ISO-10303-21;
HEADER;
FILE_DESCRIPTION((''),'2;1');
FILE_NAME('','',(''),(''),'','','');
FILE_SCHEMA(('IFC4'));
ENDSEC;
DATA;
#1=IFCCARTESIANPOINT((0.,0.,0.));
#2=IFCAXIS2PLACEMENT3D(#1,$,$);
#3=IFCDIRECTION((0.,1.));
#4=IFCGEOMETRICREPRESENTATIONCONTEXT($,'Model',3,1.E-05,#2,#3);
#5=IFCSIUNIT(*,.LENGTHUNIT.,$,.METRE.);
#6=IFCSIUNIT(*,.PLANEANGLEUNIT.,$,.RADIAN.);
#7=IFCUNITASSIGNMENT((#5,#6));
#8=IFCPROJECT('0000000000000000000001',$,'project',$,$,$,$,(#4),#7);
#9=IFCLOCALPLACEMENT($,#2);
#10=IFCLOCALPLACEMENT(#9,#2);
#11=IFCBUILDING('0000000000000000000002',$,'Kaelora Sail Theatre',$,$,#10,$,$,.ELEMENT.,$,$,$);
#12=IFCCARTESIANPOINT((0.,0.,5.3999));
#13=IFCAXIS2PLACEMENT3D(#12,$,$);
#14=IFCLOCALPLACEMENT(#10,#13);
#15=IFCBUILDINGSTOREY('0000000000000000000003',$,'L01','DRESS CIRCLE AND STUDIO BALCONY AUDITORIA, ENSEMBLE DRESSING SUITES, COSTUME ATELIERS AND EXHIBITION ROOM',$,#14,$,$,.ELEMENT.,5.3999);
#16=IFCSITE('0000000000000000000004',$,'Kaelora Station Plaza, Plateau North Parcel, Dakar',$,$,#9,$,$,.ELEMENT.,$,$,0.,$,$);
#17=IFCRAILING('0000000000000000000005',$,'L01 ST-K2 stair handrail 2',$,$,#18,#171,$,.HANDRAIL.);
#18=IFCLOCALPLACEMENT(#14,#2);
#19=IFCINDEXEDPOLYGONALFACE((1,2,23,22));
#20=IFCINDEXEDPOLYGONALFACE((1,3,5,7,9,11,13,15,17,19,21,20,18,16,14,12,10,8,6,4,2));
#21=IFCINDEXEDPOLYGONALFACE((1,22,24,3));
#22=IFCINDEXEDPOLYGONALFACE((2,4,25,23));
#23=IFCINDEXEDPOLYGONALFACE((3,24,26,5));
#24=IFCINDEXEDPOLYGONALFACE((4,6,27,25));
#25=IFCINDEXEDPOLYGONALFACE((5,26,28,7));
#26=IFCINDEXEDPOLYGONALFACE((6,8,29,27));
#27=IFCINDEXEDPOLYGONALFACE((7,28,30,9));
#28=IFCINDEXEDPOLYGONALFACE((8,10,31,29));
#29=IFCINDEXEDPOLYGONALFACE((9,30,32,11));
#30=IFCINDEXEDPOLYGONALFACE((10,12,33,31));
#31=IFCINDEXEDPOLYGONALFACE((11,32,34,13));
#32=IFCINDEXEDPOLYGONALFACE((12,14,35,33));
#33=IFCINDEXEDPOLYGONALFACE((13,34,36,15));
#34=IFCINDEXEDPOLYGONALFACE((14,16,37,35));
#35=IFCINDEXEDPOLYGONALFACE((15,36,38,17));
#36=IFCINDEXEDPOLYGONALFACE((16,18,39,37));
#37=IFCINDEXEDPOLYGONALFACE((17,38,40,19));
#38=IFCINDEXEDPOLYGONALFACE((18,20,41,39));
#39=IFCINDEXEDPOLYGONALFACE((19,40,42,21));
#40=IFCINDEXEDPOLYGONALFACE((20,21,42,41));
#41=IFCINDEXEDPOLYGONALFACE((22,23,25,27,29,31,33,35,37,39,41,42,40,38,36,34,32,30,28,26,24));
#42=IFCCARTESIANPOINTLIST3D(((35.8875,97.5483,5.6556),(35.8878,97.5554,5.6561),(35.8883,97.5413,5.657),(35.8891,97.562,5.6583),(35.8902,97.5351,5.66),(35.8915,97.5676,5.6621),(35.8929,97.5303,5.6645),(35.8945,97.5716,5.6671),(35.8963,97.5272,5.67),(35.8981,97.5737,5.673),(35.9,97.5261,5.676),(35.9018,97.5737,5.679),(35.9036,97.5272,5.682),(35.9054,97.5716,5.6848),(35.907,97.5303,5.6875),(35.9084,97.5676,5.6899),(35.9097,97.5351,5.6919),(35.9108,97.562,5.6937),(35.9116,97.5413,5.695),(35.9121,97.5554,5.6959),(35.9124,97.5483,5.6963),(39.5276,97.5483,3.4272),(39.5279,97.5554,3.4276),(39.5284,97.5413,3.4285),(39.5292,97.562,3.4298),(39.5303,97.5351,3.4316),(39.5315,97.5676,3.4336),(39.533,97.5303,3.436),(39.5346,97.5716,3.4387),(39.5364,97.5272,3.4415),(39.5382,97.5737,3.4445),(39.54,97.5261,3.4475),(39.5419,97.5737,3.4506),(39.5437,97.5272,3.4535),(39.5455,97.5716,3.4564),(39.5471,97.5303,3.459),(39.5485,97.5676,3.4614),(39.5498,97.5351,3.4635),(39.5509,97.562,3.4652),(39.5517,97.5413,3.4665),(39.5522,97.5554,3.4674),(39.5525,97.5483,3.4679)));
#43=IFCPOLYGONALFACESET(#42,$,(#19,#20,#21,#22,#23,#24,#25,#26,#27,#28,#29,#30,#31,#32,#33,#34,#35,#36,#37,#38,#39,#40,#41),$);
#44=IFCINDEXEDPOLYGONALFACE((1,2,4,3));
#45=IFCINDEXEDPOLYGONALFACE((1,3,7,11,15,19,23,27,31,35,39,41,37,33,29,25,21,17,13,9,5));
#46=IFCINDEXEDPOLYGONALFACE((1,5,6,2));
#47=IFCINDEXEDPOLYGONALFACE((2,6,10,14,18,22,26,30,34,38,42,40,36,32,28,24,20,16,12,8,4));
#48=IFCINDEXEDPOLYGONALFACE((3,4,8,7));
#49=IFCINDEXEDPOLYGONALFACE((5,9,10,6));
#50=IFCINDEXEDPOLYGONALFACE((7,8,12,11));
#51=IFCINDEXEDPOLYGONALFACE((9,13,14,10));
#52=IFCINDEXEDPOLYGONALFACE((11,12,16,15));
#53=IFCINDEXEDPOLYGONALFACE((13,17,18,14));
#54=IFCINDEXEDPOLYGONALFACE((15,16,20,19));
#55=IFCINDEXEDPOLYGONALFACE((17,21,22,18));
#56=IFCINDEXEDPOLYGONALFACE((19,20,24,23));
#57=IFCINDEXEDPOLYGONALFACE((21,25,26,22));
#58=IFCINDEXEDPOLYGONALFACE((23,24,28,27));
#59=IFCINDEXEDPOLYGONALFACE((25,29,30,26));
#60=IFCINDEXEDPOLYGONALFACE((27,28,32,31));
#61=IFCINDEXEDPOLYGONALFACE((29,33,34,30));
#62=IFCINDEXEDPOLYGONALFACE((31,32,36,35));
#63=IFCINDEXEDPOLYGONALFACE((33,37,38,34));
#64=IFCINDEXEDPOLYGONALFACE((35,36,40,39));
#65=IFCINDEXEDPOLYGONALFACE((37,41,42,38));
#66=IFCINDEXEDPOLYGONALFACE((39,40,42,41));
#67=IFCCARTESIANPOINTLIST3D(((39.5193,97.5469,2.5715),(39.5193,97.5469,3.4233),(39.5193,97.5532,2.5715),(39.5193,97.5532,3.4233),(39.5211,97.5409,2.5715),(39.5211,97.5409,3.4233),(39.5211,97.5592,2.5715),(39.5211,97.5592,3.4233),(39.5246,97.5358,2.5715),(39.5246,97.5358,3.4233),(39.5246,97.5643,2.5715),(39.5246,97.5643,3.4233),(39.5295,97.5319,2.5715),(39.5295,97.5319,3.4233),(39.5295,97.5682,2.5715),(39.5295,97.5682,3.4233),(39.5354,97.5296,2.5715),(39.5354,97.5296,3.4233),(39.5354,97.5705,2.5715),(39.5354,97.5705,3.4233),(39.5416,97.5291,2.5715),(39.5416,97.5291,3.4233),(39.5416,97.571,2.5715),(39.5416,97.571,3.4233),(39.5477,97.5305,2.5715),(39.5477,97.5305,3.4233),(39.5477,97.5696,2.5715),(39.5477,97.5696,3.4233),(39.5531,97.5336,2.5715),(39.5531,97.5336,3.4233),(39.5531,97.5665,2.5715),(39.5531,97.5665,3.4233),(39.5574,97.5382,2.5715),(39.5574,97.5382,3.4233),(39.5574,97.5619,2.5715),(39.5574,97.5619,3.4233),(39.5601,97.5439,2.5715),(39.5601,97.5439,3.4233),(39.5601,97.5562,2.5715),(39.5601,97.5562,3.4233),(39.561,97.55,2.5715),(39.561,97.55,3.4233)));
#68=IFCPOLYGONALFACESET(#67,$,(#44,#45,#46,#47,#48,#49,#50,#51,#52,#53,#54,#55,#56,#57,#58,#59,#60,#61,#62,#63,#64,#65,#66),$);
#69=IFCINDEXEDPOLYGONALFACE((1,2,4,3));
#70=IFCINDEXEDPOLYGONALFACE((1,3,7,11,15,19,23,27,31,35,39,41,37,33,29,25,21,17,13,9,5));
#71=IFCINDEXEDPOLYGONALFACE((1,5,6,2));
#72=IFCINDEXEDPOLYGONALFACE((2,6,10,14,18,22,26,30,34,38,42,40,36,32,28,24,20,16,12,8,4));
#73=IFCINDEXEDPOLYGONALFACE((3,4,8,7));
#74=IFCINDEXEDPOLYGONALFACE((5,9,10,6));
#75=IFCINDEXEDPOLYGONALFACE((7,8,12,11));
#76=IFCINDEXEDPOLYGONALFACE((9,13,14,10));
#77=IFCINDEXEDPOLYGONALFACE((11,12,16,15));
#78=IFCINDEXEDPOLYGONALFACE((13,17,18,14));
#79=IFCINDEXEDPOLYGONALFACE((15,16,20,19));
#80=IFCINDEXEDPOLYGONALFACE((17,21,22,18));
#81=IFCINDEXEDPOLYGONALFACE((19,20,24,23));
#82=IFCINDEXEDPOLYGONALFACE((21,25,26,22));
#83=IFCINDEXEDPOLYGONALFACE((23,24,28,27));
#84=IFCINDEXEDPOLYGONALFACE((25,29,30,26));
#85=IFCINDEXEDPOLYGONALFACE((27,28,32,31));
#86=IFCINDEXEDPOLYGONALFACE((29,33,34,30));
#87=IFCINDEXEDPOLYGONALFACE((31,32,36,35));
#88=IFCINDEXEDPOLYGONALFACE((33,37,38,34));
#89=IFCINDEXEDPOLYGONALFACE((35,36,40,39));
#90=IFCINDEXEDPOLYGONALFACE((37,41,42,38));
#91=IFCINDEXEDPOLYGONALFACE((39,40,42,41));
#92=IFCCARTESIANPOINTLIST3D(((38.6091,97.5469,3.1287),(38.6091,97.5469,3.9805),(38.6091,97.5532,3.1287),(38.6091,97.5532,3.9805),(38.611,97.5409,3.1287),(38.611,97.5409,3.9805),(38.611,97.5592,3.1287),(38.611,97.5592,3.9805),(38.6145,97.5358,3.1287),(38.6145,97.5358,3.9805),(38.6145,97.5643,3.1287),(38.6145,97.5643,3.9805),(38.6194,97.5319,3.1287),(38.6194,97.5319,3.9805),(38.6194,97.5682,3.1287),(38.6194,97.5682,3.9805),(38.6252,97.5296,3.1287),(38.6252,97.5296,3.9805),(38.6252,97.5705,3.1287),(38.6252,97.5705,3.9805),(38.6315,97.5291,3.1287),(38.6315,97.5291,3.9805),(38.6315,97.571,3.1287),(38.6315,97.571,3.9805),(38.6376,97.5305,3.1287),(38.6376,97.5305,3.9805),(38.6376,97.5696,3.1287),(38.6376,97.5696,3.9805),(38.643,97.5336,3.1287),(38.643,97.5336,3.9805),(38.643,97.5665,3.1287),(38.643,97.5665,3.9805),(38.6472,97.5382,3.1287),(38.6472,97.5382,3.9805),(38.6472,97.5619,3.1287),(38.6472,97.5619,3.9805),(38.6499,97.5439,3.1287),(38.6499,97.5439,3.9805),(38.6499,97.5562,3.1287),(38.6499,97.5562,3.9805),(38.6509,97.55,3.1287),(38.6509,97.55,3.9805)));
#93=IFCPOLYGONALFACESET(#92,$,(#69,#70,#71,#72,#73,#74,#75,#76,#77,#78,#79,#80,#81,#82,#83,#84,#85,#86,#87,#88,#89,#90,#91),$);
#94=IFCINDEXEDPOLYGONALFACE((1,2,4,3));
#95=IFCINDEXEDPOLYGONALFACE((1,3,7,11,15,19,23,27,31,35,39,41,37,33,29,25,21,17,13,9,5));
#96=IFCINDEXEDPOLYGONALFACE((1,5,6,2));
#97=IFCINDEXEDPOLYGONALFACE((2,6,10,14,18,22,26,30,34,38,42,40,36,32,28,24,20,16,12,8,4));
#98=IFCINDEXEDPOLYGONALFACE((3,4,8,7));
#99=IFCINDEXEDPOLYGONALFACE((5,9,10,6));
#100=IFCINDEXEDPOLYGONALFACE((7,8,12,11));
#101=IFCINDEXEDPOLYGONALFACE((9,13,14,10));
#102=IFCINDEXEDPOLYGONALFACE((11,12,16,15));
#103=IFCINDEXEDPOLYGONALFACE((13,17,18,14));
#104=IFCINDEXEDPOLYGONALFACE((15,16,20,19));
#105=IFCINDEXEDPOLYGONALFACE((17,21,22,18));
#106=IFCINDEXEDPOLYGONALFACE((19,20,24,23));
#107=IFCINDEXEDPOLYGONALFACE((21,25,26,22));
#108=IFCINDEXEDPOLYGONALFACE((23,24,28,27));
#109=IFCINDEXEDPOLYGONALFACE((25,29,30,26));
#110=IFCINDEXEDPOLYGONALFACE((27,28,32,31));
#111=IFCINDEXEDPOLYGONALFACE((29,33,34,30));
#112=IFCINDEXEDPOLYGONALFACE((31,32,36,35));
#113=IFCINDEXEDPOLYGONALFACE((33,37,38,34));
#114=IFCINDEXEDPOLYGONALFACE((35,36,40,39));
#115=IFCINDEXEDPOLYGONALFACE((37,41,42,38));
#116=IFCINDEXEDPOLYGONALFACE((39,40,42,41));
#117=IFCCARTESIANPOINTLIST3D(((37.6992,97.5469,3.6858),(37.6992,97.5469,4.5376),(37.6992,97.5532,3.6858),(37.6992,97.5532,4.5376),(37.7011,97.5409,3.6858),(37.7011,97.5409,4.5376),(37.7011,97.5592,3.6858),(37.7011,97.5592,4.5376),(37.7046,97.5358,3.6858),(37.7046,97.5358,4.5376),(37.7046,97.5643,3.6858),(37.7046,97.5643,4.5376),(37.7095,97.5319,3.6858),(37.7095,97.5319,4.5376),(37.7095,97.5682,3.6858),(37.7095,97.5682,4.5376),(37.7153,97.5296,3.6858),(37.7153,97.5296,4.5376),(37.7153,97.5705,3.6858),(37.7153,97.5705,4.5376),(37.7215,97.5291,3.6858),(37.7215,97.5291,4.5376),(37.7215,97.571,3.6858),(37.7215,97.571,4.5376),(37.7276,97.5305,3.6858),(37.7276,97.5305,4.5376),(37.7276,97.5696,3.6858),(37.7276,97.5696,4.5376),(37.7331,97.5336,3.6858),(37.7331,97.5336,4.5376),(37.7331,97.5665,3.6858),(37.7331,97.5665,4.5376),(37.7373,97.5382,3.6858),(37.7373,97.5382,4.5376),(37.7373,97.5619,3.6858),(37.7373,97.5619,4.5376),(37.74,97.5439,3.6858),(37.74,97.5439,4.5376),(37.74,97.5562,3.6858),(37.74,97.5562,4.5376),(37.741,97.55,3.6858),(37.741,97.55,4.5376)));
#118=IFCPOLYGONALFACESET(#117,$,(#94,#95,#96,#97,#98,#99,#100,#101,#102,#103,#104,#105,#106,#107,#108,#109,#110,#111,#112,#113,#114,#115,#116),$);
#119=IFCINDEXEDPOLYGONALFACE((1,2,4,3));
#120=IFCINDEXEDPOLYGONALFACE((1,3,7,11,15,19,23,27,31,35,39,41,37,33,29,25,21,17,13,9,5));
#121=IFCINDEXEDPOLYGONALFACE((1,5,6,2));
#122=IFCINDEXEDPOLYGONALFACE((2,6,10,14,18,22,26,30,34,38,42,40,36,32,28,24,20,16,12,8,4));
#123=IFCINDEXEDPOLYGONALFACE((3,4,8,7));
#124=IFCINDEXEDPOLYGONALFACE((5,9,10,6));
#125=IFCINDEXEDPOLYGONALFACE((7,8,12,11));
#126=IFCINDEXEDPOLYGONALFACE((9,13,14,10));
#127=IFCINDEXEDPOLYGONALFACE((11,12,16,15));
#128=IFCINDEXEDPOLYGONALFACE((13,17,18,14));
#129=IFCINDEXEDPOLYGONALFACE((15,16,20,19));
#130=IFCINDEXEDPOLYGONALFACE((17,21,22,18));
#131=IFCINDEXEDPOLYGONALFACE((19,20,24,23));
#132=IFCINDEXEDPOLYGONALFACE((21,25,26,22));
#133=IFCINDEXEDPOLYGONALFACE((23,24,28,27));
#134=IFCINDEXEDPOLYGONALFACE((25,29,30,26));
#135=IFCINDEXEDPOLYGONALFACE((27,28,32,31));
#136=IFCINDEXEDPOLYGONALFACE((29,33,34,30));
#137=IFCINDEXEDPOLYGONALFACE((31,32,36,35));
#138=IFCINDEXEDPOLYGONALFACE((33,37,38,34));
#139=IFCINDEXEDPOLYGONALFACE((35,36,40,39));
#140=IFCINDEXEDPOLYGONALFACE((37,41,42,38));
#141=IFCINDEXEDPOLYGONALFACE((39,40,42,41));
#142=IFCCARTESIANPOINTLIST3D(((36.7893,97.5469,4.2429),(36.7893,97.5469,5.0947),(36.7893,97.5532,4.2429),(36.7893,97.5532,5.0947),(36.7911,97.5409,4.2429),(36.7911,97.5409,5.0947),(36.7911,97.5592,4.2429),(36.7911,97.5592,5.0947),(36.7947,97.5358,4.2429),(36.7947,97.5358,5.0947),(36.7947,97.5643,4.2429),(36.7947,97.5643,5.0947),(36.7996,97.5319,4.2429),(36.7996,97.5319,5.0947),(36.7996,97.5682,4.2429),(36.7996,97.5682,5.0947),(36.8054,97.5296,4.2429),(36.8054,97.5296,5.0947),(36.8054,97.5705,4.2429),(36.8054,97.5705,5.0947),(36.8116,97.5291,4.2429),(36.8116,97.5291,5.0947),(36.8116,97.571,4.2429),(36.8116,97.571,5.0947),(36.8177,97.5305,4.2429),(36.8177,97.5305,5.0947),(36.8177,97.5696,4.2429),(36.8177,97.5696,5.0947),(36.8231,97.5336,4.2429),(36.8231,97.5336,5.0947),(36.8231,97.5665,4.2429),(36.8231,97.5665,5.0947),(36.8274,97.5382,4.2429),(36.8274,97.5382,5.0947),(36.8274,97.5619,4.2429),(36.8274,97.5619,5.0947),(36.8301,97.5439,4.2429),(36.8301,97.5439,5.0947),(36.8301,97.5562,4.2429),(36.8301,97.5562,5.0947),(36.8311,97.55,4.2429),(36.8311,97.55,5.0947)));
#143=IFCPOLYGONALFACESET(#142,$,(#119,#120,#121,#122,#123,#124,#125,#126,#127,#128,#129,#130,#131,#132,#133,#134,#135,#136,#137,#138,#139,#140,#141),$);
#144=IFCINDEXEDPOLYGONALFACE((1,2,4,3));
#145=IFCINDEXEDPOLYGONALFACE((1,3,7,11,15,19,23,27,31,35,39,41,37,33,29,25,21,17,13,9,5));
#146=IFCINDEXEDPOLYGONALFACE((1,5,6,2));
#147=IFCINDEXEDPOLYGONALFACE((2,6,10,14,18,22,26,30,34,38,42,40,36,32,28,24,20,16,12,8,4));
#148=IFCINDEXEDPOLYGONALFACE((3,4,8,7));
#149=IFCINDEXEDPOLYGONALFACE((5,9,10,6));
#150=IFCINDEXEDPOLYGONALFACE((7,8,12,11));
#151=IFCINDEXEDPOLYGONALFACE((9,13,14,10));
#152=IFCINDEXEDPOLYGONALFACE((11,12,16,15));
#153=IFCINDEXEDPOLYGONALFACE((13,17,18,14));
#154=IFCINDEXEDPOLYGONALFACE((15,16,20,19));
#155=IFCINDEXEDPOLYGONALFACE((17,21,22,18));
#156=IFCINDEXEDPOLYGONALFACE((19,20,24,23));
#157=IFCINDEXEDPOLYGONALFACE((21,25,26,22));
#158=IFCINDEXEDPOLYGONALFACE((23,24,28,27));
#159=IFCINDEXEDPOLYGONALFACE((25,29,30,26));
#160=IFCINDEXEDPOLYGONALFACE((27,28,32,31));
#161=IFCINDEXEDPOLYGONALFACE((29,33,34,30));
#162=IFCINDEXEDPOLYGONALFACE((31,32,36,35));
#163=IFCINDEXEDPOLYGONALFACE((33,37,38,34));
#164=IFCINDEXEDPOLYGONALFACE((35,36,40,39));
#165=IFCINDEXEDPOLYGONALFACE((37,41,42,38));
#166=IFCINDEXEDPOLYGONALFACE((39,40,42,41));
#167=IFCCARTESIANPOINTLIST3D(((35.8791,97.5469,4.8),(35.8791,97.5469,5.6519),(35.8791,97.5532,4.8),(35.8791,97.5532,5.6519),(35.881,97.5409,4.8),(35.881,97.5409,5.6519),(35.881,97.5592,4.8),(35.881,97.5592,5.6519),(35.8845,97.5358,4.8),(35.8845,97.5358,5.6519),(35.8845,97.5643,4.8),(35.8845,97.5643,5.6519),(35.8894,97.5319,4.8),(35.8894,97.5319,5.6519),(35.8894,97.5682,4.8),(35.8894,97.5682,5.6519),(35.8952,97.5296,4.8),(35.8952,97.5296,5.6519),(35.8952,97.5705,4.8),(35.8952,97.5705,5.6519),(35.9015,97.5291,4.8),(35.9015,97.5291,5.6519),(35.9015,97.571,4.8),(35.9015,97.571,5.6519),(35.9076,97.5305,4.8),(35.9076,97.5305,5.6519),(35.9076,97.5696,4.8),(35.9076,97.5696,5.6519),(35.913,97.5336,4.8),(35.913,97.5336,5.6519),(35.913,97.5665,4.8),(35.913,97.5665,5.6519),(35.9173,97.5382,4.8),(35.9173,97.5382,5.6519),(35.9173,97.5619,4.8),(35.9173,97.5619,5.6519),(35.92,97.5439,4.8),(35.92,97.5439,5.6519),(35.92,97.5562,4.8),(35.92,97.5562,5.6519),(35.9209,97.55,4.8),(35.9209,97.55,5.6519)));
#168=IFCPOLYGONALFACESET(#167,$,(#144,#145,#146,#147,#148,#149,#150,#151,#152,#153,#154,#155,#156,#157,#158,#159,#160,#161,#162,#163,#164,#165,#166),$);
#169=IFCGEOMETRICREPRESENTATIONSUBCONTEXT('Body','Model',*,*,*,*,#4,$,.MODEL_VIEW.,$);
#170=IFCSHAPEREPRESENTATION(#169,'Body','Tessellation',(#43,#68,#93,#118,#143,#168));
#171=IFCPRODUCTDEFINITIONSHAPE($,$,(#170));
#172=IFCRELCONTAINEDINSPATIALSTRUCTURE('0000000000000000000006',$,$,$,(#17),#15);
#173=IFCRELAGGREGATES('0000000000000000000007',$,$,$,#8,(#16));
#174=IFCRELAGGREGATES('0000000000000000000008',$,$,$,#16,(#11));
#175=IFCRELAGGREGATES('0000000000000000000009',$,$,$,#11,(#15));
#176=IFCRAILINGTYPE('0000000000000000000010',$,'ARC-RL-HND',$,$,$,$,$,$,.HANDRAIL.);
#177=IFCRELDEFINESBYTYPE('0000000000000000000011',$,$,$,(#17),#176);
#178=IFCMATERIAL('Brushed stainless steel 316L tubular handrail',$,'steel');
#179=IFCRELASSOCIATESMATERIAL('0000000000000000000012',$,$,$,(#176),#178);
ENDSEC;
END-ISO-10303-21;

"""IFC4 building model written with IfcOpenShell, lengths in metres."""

from ifc_helpers import new_model, si_unit, direction, frame, origin, origin_2d, place, context, subcontext, project, spatial, circle, extrude, material, type_object, element, save


model = new_model("IFC4")

# Units and contexts
model_context = context("Model", 3, precision=1e-05, world=origin(), true_north=direction((0.0, 1.0)))
body_context = subcontext(model_context, "Body", "Model", "MODEL_VIEW")
ifc_project = project(units=[si_unit("LENGTHUNIT", "METRE"), si_unit("PLANEANGLEUNIT", "RADIAN")], contexts=[model_context])

# Site, building, storey
site_placement = place(None, origin())
site = spatial("IfcSite", under=ifc_project, at=site_placement, Name="Kaelora Station Plaza, Plateau North Parcel, Dakar", CompositionType="ELEMENT", RefElevation=0.0)
building_placement = place(site_placement, origin())
building = spatial("IfcBuilding", under=site, at=building_placement, Name="Kaelora Sail Theatre", CompositionType="ELEMENT")
storey_placement = place(building_placement, frame((0.0, 0.0, 5.3999)))
storey = spatial("IfcBuildingStorey", under=building, at=storey_placement, Name="L01", Description="DRESS CIRCLE AND STUDIO BALCONY AUDITORIA, ENSEMBLE DRESSING SUITES, COSTUME ATELIERS AND EXHIBITION ROOM", CompositionType="ELEMENT", Elevation=5.3999)

# Railing
ifc_material_1 = material(Name="Brushed stainless steel 316L tubular handrail", Category="steel")
railing_type_1 = type_object("IfcRailingType", Name="ARC-RL-HND", PredefinedType="HANDRAIL", material=ifc_material_1)
railing_1_placement = place(storey_placement, frame((39.54, 97.55, 2.5715)))
element("IfcRailing", 1, at=railing_1_placement, inside=storey, type_object=railing_type_1, Name="L01 ST-K2 stair handrail 2", PredefinedType="HANDRAIL", context=body_context, shape_type="SweptSolid", body=[
    extrude(circle(Radius=0.0239, at=origin_2d()), frame((0.0, 0.0, 0.876), z_axis=(-0.852866, 0.0, 0.52213), x_axis=(0.0, -1.0, 0.0)), (0.0, 0.0, 1.0), 4.2681),
    extrude(circle(Radius=0.021, at=origin_2d()), origin(), (0.0, 0.0, 1.0), 0.8518),
    extrude(circle(Radius=0.021, at=origin_2d()), frame((-0.9102, 0.0, 0.5571)), (0.0, 0.0, 1.0), 0.8518),
    extrude(circle(Radius=0.021, at=origin_2d()), frame((-1.8201, 0.0, 1.1143)), (0.0, 0.0, 1.0), 0.8518),
    extrude(circle(Radius=0.021, at=origin_2d()), frame((-2.73, 0.0, 1.6714)), (0.0, 0.0, 1.0), 0.8518),
    extrude(circle(Radius=0.021, at=origin_2d()), frame((-3.6401, 0.0, 2.2285)), (0.0, 0.0, 1.0), 0.8518),
])

save(model, "model.ifc")
